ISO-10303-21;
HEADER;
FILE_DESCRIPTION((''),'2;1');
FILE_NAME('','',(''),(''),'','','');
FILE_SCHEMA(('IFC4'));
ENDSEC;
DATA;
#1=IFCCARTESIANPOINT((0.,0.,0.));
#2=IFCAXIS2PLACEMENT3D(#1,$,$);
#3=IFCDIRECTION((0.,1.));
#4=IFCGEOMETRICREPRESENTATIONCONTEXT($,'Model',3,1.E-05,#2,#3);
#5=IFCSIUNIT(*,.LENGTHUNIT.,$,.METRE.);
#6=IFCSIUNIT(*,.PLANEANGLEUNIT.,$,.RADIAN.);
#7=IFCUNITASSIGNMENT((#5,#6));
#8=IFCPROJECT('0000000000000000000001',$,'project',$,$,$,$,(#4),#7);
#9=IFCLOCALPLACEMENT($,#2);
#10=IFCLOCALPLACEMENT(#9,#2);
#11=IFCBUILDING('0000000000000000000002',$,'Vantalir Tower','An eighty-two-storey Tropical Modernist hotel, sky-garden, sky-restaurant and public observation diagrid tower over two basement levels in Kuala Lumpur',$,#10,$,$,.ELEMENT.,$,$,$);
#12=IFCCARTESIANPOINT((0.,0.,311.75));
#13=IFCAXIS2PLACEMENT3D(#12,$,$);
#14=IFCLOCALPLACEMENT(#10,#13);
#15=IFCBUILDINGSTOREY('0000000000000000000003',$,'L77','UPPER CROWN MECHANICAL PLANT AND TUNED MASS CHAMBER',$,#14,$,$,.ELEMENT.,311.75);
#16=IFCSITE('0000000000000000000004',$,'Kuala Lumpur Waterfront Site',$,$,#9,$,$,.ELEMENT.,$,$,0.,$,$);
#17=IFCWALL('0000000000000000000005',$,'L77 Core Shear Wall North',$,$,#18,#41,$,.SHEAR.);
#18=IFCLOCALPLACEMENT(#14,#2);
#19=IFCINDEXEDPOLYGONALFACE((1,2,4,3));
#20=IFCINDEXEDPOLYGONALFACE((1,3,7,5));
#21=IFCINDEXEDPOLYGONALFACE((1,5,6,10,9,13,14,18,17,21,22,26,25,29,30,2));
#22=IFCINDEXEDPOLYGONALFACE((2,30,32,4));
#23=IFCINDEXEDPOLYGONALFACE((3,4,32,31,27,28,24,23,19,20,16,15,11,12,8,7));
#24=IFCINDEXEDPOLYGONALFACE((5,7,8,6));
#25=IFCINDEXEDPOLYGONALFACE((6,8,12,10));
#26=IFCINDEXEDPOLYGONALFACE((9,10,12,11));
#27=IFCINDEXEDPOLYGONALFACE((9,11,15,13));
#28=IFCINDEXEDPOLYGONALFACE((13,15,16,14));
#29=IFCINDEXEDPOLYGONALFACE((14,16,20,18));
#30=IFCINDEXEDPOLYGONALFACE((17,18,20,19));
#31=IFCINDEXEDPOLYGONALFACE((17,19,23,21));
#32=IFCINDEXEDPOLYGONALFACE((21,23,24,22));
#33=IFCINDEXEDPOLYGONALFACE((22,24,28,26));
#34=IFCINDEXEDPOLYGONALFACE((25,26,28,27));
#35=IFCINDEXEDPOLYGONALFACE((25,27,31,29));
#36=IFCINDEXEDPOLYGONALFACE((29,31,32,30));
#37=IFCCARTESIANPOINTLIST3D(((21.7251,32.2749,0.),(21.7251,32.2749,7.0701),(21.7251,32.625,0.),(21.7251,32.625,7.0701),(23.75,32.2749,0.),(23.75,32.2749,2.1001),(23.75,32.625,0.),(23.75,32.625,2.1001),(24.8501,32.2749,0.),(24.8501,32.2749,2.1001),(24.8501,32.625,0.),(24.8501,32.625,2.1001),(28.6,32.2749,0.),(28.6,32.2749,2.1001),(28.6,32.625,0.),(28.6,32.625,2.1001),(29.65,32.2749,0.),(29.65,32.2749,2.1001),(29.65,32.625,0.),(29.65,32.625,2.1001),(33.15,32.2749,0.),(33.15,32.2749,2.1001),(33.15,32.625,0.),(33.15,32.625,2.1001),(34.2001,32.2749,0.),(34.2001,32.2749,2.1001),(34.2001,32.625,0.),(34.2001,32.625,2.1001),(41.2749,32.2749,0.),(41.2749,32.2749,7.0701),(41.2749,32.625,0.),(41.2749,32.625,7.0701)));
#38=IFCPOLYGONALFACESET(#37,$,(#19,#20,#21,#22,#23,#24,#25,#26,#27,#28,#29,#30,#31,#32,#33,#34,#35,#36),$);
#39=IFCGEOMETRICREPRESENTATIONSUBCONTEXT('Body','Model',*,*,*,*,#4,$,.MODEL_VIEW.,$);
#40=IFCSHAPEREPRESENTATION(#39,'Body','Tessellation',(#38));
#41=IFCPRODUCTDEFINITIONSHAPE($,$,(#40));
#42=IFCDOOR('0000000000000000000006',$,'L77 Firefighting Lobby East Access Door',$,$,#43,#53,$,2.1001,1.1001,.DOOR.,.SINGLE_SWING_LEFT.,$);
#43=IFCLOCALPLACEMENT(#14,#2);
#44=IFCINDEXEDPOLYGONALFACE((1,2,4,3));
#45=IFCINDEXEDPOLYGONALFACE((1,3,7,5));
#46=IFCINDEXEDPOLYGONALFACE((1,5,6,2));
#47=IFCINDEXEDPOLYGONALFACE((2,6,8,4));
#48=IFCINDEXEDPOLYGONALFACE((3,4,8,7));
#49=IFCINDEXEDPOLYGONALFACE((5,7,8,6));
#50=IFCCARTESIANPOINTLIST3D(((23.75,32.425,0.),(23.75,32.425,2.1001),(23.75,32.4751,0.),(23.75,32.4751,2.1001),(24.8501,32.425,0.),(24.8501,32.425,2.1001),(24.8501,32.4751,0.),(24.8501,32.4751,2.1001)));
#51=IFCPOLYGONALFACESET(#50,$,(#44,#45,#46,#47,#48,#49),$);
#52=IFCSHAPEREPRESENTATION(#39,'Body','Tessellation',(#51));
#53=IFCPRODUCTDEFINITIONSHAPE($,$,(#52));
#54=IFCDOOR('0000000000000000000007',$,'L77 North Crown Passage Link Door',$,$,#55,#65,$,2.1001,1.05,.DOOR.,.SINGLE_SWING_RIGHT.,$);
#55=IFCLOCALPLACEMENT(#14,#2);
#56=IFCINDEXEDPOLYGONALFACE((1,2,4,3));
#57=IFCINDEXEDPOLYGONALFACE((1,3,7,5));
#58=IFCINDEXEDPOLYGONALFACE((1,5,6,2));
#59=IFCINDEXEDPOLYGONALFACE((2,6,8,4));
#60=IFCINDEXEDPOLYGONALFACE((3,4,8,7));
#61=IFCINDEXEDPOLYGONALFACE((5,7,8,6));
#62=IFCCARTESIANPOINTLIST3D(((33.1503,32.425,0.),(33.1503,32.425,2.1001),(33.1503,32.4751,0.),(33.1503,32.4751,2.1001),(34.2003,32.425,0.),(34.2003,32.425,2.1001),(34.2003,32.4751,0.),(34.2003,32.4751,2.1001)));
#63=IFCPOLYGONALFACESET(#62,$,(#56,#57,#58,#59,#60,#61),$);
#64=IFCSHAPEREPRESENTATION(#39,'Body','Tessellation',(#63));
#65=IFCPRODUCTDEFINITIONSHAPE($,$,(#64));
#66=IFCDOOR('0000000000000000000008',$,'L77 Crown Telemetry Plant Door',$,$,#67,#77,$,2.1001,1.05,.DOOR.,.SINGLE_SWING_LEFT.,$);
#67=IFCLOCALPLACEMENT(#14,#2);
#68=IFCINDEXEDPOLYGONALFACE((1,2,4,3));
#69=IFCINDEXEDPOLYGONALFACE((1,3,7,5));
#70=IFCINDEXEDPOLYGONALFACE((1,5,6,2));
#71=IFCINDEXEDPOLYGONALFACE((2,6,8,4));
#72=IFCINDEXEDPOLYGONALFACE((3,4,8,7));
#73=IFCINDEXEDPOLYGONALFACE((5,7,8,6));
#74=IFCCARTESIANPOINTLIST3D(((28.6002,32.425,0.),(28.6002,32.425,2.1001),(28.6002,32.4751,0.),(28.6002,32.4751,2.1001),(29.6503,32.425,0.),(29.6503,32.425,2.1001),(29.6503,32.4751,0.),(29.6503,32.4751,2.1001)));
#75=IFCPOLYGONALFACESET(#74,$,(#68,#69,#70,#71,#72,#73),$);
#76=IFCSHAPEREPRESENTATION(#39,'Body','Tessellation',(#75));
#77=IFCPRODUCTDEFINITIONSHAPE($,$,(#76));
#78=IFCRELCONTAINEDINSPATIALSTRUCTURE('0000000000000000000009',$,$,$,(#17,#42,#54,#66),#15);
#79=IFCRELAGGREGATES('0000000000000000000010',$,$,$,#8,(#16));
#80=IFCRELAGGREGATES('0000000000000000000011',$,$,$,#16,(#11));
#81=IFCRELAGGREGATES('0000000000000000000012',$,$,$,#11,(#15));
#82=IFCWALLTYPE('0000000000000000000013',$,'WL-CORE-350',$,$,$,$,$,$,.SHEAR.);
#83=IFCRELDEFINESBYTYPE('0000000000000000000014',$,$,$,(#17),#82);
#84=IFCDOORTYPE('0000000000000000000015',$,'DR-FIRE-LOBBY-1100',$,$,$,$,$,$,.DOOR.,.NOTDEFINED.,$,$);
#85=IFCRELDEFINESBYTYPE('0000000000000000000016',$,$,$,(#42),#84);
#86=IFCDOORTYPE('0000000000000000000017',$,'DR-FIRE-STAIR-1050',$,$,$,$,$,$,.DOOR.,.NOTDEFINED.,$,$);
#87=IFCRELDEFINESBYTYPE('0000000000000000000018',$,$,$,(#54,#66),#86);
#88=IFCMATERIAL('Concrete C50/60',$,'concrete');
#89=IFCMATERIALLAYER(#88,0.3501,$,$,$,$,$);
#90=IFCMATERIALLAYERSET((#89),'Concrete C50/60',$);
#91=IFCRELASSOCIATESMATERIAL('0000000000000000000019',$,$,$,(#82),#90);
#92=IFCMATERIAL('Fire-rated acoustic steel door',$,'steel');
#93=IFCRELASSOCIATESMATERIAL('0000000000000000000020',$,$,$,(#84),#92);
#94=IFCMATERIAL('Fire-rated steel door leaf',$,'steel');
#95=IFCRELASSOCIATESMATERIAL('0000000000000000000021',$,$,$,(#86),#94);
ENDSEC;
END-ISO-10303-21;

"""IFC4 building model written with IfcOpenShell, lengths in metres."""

from ifc_helpers import new_model, si_unit, direction, frame, frame_2d, origin, place, context, subcontext, project, spatial, rectangle, extrude, material, layer, layer_set, type_object, element, fill, save


model = new_model("IFC4")

# Units and contexts
model_context = context("Model", 3, precision=1e-05, world=origin(), true_north=direction((0.0, 1.0)))
body_context = subcontext(model_context, "Body", "Model", "MODEL_VIEW")
ifc_project = project(units=[si_unit("LENGTHUNIT", "METRE"), si_unit("PLANEANGLEUNIT", "RADIAN")], contexts=[model_context])

# Site, building, storey
site_placement = place(None, origin())
site = spatial("IfcSite", under=ifc_project, at=site_placement, Name="Kuala Lumpur Waterfront Site", CompositionType="ELEMENT", RefElevation=0.0)
building_placement = place(site_placement, origin())
building = spatial("IfcBuilding", under=site, at=building_placement, Name="Vantalir Tower", Description="An eighty-two-storey Tropical Modernist hotel, sky-garden, sky-restaurant and public observation diagrid tower over two basement levels in Kuala Lumpur", CompositionType="ELEMENT")
storey_placement = place(building_placement, frame((0.0, 0.0, 311.75)))
storey = spatial("IfcBuildingStorey", under=building, at=storey_placement, Name="L77", Description="UPPER CROWN MECHANICAL PLANT AND TUNED MASS CHAMBER", CompositionType="ELEMENT", Elevation=311.75)

# Shared definitions
ifc_material_1 = material(Name="Concrete C50/60", Category="concrete")

# Wall, openings, doors
ifc_layer_1 = layer(ifc_material_1, 0.3501)
ifc_layer_set_1 = layer_set([ifc_layer_1], Name="Concrete C50/60")
wall_type = type_object("IfcWallType", Name="WL-CORE-350", PredefinedType="SHEAR", material=ifc_layer_set_1)
wall_placement = place(storey_placement, frame((21.7251, 32.45, 0.0), z_axis=(0.0, 0.0, 1.0), x_axis=(1.0, 0.0, 0.0)))
wall = element("IfcWall", 1, at=wall_placement, inside=storey, type_object=wall_type, Name="L77 Core Shear Wall North", PredefinedType="SHEAR", context=body_context, shape_type="SweptSolid", body=[
    extrude(rectangle(XDim=19.5498, YDim=0.3501, at=frame_2d((9.7749, 0.0))), origin(), (0.0, 0.0, 1.0), 7.0701),
])
opening_1_placement = place(wall_placement, frame((2.0249, 0.0, 0.0)))
opening_1 = element("IfcOpeningElement", 2, at=opening_1_placement, cuts=wall, PredefinedType="OPENING", context=body_context, shape_type="SweptSolid", body=[
    extrude(rectangle(XDim=1.1001, YDim=2.1001, at=frame_2d((0.55, 1.05))), frame((0.0, 0.1851, 0.0), z_axis=(0.0, -1.0, 0.0), x_axis=(1.0, 0.0, 0.0)), (0.0, 0.0, 1.0), 0.3701),
])
opening_2_placement = place(wall_placement, frame((11.425, 0.0, 0.0)))
opening_2 = element("IfcOpeningElement", 3, at=opening_2_placement, cuts=wall, PredefinedType="OPENING", context=body_context, shape_type="SweptSolid", body=[
    extrude(rectangle(XDim=1.05, YDim=2.1001, at=frame_2d((0.5249, 1.05))), frame((0.0, 0.1851, 0.0), z_axis=(0.0, -1.0, 0.0), x_axis=(1.0, 0.0, 0.0)), (0.0, 0.0, 1.0), 0.3701),
])
opening_3_placement = place(wall_placement, frame((6.875, 0.0, 0.0)))
opening_3 = element("IfcOpeningElement", 4, at=opening_3_placement, cuts=wall, PredefinedType="OPENING", context=body_context, shape_type="SweptSolid", body=[
    extrude(rectangle(XDim=1.05, YDim=2.1001, at=frame_2d((0.5249, 1.05))), frame((0.0, 0.1851, 0.0), z_axis=(0.0, -1.0, 0.0), x_axis=(1.0, 0.0, 0.0)), (0.0, 0.0, 1.0), 0.3701),
])
ifc_material_2 = material(Name="Fire-rated acoustic steel door", Category="steel")
door_type_1 = type_object("IfcDoorType", Name="DR-FIRE-LOBBY-1100", OperationType="NOTDEFINED", PredefinedType="DOOR", material=ifc_material_2)
door_1_placement = place(opening_1_placement, frame((1.1001, 0.0, 0.0), z_axis=(0.0, 0.0, 1.0), x_axis=(-1.0, 0.0, 0.0)))
door_1 = element("IfcDoor", 5, at=door_1_placement, inside=storey, type_object=door_type_1, Name="L77 Firefighting Lobby East Access Door", OperationType="SINGLE_SWING_LEFT", OverallHeight=2.1001, OverallWidth=1.1001, PredefinedType="DOOR", context=body_context, shape_type="SweptSolid", body=[
    extrude(rectangle(XDim=1.1001, YDim=2.1001, at=frame_2d((0.55, 1.05))), frame((0.0, 0.0249, 0.0), z_axis=(0.0, -1.0, 0.0), x_axis=(1.0, 0.0, 0.0)), (0.0, 0.0, 1.0), 0.05),
])
fill(opening_1, door_1)
ifc_material_3 = material(Name="Fire-rated steel door leaf", Category="steel")
door_type_2 = type_object("IfcDoorType", Name="DR-FIRE-STAIR-1050", OperationType="NOTDEFINED", PredefinedType="DOOR", material=ifc_material_3)
door_2_placement = place(opening_2_placement, frame((1.05, 0.0, 0.0), z_axis=(0.0, 0.0, 1.0), x_axis=(-1.0, 0.0, 0.0)))
door_2 = element("IfcDoor", 6, at=door_2_placement, inside=storey, type_object=door_type_2, Name="L77 North Crown Passage Link Door", OperationType="SINGLE_SWING_RIGHT", OverallHeight=2.1001, OverallWidth=1.05, PredefinedType="DOOR", context=body_context, shape_type="SweptSolid", body=[
    extrude(rectangle(XDim=1.05, YDim=2.1001, at=frame_2d((0.5249, 1.05))), frame((0.0, 0.0249, 0.0), z_axis=(0.0, -1.0, 0.0), x_axis=(1.0, 0.0, 0.0)), (0.0, 0.0, 1.0), 0.05),
])
fill(opening_2, door_2)
door_3_placement = place(opening_3_placement, frame((1.05, 0.0, 0.0), z_axis=(0.0, 0.0, 1.0), x_axis=(-1.0, 0.0, 0.0)))
door_3 = element("IfcDoor", 7, at=door_3_placement, inside=storey, type_object=door_type_2, Name="L77 Crown Telemetry Plant Door", OperationType="SINGLE_SWING_LEFT", OverallHeight=2.1001, OverallWidth=1.05, PredefinedType="DOOR", context=body_context, shape_type="SweptSolid", body=[
    extrude(rectangle(XDim=1.05, YDim=2.1001, at=frame_2d((0.5249, 1.05))), frame((0.0, 0.0249, 0.0), z_axis=(0.0, -1.0, 0.0), x_axis=(1.0, 0.0, 0.0)), (0.0, 0.0, 1.0), 0.05),
])
fill(opening_3, door_3)

save(model, "model.ifc")
